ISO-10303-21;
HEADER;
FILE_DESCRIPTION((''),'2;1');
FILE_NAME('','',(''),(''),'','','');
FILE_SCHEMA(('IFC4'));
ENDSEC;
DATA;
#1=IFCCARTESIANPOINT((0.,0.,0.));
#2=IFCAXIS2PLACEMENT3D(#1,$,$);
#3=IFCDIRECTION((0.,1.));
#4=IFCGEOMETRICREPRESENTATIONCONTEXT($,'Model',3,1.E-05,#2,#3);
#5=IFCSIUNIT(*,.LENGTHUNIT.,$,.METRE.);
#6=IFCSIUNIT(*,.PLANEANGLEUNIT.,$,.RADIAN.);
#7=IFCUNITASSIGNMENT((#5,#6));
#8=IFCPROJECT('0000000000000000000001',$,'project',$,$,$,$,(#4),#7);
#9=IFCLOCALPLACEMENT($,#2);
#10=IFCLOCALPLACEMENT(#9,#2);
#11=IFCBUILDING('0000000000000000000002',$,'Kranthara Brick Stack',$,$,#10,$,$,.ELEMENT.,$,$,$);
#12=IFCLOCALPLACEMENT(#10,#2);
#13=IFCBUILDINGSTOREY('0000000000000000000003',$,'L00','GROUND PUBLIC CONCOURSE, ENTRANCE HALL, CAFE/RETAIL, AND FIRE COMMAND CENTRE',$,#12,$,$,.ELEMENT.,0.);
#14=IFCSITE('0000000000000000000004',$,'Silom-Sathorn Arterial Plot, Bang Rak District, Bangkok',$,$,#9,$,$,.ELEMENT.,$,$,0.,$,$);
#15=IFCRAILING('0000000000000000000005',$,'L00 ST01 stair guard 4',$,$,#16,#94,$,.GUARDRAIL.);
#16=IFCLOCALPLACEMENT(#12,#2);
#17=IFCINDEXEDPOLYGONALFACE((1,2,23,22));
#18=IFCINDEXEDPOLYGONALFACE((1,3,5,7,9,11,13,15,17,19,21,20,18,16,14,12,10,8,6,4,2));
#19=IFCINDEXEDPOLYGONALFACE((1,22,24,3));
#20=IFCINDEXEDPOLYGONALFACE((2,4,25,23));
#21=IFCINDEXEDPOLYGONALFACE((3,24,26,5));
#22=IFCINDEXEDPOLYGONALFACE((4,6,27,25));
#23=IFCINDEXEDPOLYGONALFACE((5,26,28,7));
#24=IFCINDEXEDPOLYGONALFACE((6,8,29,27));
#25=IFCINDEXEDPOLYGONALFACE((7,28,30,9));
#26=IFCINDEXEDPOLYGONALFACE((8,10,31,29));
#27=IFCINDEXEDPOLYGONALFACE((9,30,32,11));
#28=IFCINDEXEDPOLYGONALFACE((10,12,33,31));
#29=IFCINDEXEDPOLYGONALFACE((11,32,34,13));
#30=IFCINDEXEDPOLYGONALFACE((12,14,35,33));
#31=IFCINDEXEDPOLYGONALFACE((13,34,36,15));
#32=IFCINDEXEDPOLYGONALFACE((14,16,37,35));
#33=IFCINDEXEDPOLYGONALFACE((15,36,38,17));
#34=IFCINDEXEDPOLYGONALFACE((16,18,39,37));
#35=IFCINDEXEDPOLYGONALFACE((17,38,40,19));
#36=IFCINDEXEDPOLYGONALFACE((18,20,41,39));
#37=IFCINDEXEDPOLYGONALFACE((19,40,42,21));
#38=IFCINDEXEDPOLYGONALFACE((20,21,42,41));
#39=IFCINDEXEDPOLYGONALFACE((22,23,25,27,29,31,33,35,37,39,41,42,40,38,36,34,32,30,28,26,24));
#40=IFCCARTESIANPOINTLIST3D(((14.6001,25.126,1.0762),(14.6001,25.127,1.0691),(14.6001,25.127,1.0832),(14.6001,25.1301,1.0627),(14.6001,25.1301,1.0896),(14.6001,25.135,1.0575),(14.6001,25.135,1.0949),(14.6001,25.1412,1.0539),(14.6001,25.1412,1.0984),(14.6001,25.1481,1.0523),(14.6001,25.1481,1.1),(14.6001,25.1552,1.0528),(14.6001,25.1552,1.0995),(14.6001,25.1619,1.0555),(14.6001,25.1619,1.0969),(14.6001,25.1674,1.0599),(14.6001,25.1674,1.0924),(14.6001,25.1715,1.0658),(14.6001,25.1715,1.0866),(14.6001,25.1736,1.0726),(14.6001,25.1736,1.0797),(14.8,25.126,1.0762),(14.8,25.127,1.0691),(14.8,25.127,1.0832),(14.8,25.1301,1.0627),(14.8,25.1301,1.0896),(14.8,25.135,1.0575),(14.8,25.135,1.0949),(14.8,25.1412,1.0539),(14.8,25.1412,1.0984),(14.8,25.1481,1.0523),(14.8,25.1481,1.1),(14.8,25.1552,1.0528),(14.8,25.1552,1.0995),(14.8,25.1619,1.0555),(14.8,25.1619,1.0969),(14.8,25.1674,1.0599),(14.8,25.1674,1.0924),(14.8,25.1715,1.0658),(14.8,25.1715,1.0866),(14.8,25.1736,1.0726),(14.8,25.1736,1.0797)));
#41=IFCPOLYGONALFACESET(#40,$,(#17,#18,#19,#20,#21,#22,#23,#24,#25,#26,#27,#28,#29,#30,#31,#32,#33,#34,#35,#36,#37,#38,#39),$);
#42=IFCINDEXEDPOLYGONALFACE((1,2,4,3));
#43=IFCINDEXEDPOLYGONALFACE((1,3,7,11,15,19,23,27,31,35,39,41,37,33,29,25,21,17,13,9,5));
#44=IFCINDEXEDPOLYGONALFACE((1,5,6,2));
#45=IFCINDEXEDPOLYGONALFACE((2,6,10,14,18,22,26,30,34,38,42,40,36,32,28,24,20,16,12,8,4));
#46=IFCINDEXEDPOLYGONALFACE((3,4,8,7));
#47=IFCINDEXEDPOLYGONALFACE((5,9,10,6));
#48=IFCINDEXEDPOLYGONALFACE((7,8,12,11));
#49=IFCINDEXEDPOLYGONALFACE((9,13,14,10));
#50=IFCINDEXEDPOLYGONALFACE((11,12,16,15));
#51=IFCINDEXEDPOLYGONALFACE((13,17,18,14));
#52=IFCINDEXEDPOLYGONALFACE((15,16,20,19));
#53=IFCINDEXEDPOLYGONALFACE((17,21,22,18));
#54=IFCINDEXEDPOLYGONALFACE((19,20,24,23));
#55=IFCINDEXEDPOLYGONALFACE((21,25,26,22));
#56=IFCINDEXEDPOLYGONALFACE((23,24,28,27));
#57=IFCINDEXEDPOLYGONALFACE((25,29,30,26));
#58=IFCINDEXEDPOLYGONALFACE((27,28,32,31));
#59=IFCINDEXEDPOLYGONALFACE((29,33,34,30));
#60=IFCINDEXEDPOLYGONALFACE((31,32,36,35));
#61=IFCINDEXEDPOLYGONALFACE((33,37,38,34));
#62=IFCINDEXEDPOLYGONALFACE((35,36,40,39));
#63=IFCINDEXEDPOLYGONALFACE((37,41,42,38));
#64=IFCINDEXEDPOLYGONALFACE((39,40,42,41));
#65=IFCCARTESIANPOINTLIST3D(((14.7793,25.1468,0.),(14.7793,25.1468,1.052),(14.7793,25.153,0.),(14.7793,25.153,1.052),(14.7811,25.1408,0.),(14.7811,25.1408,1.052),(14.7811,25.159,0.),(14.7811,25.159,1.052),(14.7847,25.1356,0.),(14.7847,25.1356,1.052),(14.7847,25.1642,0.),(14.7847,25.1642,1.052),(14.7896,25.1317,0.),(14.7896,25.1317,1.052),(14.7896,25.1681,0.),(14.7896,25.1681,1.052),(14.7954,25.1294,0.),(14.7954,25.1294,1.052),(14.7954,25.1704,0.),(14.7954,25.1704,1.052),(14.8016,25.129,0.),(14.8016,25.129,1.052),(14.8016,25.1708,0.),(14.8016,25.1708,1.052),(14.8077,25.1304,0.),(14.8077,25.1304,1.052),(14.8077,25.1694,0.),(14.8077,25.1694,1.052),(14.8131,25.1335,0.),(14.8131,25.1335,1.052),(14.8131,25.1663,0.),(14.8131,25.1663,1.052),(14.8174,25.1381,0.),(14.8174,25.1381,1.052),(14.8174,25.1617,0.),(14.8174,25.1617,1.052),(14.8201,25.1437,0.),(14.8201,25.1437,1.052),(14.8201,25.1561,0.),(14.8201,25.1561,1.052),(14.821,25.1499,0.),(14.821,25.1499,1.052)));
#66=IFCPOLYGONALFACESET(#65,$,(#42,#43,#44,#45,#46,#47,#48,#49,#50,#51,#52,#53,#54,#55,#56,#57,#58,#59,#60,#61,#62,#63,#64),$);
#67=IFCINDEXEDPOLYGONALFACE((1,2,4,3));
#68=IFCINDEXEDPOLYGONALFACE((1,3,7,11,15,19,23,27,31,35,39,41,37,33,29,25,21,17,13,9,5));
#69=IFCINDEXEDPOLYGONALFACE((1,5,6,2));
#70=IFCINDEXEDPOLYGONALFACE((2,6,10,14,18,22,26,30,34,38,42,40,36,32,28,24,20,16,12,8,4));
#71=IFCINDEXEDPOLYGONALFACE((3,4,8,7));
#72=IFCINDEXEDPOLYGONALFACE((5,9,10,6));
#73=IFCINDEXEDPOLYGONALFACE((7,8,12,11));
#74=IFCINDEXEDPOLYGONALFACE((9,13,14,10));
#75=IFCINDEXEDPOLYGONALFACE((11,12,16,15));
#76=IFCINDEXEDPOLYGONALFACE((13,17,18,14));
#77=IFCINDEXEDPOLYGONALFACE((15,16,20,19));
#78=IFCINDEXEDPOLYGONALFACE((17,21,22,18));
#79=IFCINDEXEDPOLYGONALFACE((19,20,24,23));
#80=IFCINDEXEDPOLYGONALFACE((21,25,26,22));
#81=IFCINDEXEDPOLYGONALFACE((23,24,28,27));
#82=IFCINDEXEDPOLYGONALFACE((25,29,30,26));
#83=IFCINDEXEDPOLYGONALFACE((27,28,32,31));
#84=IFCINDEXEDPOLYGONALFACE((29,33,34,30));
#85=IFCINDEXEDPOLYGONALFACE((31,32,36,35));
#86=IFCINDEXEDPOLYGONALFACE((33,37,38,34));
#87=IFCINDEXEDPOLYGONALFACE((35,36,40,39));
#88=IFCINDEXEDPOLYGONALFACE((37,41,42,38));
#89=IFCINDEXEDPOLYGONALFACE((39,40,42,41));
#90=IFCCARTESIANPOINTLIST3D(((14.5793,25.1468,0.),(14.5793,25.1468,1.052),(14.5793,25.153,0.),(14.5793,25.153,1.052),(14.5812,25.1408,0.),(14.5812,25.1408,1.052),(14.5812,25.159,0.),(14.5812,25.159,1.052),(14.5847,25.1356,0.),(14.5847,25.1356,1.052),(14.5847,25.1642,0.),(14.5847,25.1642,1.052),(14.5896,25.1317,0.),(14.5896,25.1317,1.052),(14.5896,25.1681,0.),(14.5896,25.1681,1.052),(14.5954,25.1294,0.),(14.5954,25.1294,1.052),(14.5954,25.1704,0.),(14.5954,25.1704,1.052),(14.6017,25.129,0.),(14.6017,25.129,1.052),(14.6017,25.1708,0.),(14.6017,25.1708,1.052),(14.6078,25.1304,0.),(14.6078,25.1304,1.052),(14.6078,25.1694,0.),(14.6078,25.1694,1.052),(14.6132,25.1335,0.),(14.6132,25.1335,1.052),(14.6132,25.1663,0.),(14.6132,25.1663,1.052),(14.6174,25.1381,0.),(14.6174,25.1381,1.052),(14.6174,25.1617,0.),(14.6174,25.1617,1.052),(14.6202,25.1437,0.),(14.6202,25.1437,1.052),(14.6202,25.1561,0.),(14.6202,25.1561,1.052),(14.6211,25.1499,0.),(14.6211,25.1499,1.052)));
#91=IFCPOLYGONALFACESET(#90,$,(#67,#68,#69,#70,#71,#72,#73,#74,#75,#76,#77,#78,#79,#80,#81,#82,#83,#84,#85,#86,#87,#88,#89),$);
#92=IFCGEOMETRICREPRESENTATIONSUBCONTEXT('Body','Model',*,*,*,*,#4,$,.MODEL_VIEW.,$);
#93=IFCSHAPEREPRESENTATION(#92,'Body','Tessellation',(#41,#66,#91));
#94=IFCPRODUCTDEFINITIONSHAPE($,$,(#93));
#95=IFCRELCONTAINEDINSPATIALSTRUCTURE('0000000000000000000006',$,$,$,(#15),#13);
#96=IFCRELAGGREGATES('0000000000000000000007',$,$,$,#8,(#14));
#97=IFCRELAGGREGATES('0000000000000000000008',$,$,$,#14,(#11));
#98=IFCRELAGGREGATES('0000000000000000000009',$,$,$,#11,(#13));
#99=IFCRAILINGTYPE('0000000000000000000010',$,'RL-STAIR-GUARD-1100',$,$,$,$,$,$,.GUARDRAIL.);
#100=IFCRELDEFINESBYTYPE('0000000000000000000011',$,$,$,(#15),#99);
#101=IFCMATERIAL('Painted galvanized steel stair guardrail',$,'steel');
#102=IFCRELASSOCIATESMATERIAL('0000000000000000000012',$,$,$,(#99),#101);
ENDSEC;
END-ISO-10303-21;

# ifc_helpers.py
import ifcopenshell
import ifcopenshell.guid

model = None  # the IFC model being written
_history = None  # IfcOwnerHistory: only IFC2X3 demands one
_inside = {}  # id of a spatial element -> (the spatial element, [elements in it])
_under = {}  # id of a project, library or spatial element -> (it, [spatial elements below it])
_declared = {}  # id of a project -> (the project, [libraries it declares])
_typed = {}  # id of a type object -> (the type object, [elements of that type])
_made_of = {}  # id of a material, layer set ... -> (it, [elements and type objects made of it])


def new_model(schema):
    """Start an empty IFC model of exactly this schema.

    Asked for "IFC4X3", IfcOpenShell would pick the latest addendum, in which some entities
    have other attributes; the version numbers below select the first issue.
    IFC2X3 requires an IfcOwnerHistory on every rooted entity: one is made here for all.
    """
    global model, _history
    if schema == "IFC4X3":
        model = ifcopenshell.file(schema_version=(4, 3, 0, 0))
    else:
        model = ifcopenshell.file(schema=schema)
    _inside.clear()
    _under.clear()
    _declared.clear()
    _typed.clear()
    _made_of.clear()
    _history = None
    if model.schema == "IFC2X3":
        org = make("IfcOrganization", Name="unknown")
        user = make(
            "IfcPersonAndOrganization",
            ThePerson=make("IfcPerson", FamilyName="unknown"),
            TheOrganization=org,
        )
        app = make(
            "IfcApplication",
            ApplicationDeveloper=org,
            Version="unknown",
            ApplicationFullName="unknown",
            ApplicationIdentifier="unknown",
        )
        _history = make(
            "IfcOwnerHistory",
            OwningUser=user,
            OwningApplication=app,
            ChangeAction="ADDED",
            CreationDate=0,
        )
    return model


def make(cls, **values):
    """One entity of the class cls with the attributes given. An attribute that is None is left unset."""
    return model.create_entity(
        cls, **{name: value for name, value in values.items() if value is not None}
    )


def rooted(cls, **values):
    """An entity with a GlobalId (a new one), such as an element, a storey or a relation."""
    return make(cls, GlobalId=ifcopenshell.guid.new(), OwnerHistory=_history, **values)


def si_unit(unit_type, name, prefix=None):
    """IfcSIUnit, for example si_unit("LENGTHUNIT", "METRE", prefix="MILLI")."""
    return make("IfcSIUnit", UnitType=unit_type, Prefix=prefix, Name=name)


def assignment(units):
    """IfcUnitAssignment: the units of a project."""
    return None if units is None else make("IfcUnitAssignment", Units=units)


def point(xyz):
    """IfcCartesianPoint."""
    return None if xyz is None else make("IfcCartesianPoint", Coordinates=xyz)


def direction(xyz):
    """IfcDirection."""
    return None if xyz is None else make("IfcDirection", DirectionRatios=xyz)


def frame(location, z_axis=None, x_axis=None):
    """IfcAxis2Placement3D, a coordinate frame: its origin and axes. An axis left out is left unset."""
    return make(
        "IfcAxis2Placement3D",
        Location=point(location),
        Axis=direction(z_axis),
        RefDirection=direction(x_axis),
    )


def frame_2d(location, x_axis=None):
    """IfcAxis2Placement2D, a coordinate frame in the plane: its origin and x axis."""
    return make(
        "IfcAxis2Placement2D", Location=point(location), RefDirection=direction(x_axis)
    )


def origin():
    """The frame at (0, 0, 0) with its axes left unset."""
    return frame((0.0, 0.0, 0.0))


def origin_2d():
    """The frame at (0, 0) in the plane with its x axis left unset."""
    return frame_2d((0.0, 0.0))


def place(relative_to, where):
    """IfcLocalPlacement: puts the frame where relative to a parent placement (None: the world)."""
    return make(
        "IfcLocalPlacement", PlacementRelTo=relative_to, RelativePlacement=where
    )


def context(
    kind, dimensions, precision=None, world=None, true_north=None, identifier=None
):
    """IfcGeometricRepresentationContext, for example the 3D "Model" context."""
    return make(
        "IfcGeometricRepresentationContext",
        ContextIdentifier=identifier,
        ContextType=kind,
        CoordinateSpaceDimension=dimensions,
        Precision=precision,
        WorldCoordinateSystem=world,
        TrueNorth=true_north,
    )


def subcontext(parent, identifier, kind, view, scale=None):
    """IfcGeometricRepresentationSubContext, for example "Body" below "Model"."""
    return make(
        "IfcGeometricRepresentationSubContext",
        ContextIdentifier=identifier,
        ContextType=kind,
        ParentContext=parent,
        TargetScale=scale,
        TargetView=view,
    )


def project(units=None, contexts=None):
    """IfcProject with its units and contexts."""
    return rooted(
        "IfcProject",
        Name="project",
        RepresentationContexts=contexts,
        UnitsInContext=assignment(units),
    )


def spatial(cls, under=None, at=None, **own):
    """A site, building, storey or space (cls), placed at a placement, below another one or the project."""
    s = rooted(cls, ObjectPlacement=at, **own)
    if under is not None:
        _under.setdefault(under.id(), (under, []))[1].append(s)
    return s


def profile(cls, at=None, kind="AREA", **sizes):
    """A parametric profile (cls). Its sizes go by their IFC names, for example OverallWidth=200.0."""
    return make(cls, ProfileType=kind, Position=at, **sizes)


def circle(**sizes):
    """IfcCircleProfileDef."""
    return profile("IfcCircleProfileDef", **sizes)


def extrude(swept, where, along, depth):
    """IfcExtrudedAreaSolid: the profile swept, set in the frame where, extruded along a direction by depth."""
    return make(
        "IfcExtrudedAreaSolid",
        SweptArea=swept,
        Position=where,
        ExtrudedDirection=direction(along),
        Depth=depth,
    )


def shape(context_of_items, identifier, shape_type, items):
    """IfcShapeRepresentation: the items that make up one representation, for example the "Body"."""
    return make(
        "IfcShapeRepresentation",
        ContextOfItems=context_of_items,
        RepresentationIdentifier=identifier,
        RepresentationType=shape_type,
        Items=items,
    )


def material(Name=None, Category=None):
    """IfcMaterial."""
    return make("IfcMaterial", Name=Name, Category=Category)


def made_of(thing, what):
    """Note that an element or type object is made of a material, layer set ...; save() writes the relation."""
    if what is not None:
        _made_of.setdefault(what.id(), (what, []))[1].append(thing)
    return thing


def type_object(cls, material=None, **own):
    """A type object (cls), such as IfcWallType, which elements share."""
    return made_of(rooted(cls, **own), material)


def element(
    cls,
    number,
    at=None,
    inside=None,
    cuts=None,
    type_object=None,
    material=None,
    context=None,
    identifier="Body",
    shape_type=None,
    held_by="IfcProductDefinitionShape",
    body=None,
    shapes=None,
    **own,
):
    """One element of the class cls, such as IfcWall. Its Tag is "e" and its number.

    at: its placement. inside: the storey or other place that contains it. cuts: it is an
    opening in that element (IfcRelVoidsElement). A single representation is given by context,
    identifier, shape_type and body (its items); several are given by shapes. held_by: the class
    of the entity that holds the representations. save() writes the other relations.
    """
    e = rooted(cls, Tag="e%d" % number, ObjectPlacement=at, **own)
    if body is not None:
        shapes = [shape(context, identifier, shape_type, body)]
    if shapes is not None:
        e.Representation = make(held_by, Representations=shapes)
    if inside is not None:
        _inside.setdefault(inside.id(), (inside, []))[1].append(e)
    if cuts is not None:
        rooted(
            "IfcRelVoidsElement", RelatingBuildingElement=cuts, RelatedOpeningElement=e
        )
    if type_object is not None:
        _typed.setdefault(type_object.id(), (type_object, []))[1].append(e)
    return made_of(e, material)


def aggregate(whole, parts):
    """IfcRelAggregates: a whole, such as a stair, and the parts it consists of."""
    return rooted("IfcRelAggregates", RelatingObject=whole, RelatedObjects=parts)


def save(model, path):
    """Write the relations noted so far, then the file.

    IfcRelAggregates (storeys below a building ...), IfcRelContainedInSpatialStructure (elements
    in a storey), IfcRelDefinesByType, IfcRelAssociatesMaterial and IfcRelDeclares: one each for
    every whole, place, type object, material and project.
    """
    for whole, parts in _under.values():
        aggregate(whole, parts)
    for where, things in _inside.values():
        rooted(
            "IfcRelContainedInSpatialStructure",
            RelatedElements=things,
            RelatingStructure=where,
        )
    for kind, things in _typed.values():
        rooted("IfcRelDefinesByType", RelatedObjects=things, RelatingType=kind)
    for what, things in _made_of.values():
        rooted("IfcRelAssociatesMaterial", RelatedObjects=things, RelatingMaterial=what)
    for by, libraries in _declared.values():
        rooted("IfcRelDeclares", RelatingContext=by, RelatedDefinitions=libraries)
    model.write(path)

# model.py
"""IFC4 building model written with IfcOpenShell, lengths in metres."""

from ifc_helpers import new_model, si_unit, direction, frame, origin, origin_2d, place, context, subcontext, project, spatial, circle, extrude, material, type_object, element, save


model = new_model("IFC4")

# Units and contexts
model_context = context("Model", 3, precision=1e-05, world=origin(), true_north=direction((0.0, 1.0)))
body_context = subcontext(model_context, "Body", "Model", "MODEL_VIEW")
ifc_project = project(units=[si_unit("LENGTHUNIT", "METRE"), si_unit("PLANEANGLEUNIT", "RADIAN")], contexts=[model_context])

# Site, building, storey
site_placement = place(None, origin())
site = spatial("IfcSite", under=ifc_project, at=site_placement, Name="Silom-Sathorn Arterial Plot, Bang Rak District, Bangkok", CompositionType="ELEMENT", RefElevation=0.0)
building_placement = place(site_placement, origin())
building = spatial("IfcBuilding", under=site, at=building_placement, Name="Kranthara Brick Stack", CompositionType="ELEMENT")
storey_placement = place(building_placement, origin())
storey = spatial("IfcBuildingStorey", under=building, at=storey_placement, Name="L00", Description="GROUND PUBLIC CONCOURSE, ENTRANCE HALL, CAFE/RETAIL, AND FIRE COMMAND CENTRE", CompositionType="ELEMENT", Elevation=0.0)

# Railing
ifc_material_1 = material(Name="Painted galvanized steel stair guardrail", Category="steel")
railing_type_1 = type_object("IfcRailingType", Name="RL-STAIR-GUARD-1100", PredefinedType="GUARDRAIL", material=ifc_material_1)
railing_1_placement = place(storey_placement, frame((14.8, 25.1499, 0.0)))
element("IfcRailing", 1, at=railing_1_placement, inside=storey, type_object=railing_type_1, Name="L00 ST01 stair guard 4", PredefinedType="GUARDRAIL", context=body_context, shape_type="SweptSolid", body=[
    extrude(circle(Radius=0.0239, at=origin_2d()), frame((0.0, 0.0, 1.0762), z_axis=(-1.0, 0.0, 0.0), x_axis=(0.0, -1.0, 0.0)), (0.0, 0.0, 1.0), 0.2),
    extrude(circle(Radius=0.021, at=origin_2d()), origin(), (0.0, 0.0, 1.0), 1.052),
    extrude(circle(Radius=0.021, at=origin_2d()), frame((-0.2, 0.0, 0.0)), (0.0, 0.0, 1.0), 1.052),
])

save(model, "model.ifc")
